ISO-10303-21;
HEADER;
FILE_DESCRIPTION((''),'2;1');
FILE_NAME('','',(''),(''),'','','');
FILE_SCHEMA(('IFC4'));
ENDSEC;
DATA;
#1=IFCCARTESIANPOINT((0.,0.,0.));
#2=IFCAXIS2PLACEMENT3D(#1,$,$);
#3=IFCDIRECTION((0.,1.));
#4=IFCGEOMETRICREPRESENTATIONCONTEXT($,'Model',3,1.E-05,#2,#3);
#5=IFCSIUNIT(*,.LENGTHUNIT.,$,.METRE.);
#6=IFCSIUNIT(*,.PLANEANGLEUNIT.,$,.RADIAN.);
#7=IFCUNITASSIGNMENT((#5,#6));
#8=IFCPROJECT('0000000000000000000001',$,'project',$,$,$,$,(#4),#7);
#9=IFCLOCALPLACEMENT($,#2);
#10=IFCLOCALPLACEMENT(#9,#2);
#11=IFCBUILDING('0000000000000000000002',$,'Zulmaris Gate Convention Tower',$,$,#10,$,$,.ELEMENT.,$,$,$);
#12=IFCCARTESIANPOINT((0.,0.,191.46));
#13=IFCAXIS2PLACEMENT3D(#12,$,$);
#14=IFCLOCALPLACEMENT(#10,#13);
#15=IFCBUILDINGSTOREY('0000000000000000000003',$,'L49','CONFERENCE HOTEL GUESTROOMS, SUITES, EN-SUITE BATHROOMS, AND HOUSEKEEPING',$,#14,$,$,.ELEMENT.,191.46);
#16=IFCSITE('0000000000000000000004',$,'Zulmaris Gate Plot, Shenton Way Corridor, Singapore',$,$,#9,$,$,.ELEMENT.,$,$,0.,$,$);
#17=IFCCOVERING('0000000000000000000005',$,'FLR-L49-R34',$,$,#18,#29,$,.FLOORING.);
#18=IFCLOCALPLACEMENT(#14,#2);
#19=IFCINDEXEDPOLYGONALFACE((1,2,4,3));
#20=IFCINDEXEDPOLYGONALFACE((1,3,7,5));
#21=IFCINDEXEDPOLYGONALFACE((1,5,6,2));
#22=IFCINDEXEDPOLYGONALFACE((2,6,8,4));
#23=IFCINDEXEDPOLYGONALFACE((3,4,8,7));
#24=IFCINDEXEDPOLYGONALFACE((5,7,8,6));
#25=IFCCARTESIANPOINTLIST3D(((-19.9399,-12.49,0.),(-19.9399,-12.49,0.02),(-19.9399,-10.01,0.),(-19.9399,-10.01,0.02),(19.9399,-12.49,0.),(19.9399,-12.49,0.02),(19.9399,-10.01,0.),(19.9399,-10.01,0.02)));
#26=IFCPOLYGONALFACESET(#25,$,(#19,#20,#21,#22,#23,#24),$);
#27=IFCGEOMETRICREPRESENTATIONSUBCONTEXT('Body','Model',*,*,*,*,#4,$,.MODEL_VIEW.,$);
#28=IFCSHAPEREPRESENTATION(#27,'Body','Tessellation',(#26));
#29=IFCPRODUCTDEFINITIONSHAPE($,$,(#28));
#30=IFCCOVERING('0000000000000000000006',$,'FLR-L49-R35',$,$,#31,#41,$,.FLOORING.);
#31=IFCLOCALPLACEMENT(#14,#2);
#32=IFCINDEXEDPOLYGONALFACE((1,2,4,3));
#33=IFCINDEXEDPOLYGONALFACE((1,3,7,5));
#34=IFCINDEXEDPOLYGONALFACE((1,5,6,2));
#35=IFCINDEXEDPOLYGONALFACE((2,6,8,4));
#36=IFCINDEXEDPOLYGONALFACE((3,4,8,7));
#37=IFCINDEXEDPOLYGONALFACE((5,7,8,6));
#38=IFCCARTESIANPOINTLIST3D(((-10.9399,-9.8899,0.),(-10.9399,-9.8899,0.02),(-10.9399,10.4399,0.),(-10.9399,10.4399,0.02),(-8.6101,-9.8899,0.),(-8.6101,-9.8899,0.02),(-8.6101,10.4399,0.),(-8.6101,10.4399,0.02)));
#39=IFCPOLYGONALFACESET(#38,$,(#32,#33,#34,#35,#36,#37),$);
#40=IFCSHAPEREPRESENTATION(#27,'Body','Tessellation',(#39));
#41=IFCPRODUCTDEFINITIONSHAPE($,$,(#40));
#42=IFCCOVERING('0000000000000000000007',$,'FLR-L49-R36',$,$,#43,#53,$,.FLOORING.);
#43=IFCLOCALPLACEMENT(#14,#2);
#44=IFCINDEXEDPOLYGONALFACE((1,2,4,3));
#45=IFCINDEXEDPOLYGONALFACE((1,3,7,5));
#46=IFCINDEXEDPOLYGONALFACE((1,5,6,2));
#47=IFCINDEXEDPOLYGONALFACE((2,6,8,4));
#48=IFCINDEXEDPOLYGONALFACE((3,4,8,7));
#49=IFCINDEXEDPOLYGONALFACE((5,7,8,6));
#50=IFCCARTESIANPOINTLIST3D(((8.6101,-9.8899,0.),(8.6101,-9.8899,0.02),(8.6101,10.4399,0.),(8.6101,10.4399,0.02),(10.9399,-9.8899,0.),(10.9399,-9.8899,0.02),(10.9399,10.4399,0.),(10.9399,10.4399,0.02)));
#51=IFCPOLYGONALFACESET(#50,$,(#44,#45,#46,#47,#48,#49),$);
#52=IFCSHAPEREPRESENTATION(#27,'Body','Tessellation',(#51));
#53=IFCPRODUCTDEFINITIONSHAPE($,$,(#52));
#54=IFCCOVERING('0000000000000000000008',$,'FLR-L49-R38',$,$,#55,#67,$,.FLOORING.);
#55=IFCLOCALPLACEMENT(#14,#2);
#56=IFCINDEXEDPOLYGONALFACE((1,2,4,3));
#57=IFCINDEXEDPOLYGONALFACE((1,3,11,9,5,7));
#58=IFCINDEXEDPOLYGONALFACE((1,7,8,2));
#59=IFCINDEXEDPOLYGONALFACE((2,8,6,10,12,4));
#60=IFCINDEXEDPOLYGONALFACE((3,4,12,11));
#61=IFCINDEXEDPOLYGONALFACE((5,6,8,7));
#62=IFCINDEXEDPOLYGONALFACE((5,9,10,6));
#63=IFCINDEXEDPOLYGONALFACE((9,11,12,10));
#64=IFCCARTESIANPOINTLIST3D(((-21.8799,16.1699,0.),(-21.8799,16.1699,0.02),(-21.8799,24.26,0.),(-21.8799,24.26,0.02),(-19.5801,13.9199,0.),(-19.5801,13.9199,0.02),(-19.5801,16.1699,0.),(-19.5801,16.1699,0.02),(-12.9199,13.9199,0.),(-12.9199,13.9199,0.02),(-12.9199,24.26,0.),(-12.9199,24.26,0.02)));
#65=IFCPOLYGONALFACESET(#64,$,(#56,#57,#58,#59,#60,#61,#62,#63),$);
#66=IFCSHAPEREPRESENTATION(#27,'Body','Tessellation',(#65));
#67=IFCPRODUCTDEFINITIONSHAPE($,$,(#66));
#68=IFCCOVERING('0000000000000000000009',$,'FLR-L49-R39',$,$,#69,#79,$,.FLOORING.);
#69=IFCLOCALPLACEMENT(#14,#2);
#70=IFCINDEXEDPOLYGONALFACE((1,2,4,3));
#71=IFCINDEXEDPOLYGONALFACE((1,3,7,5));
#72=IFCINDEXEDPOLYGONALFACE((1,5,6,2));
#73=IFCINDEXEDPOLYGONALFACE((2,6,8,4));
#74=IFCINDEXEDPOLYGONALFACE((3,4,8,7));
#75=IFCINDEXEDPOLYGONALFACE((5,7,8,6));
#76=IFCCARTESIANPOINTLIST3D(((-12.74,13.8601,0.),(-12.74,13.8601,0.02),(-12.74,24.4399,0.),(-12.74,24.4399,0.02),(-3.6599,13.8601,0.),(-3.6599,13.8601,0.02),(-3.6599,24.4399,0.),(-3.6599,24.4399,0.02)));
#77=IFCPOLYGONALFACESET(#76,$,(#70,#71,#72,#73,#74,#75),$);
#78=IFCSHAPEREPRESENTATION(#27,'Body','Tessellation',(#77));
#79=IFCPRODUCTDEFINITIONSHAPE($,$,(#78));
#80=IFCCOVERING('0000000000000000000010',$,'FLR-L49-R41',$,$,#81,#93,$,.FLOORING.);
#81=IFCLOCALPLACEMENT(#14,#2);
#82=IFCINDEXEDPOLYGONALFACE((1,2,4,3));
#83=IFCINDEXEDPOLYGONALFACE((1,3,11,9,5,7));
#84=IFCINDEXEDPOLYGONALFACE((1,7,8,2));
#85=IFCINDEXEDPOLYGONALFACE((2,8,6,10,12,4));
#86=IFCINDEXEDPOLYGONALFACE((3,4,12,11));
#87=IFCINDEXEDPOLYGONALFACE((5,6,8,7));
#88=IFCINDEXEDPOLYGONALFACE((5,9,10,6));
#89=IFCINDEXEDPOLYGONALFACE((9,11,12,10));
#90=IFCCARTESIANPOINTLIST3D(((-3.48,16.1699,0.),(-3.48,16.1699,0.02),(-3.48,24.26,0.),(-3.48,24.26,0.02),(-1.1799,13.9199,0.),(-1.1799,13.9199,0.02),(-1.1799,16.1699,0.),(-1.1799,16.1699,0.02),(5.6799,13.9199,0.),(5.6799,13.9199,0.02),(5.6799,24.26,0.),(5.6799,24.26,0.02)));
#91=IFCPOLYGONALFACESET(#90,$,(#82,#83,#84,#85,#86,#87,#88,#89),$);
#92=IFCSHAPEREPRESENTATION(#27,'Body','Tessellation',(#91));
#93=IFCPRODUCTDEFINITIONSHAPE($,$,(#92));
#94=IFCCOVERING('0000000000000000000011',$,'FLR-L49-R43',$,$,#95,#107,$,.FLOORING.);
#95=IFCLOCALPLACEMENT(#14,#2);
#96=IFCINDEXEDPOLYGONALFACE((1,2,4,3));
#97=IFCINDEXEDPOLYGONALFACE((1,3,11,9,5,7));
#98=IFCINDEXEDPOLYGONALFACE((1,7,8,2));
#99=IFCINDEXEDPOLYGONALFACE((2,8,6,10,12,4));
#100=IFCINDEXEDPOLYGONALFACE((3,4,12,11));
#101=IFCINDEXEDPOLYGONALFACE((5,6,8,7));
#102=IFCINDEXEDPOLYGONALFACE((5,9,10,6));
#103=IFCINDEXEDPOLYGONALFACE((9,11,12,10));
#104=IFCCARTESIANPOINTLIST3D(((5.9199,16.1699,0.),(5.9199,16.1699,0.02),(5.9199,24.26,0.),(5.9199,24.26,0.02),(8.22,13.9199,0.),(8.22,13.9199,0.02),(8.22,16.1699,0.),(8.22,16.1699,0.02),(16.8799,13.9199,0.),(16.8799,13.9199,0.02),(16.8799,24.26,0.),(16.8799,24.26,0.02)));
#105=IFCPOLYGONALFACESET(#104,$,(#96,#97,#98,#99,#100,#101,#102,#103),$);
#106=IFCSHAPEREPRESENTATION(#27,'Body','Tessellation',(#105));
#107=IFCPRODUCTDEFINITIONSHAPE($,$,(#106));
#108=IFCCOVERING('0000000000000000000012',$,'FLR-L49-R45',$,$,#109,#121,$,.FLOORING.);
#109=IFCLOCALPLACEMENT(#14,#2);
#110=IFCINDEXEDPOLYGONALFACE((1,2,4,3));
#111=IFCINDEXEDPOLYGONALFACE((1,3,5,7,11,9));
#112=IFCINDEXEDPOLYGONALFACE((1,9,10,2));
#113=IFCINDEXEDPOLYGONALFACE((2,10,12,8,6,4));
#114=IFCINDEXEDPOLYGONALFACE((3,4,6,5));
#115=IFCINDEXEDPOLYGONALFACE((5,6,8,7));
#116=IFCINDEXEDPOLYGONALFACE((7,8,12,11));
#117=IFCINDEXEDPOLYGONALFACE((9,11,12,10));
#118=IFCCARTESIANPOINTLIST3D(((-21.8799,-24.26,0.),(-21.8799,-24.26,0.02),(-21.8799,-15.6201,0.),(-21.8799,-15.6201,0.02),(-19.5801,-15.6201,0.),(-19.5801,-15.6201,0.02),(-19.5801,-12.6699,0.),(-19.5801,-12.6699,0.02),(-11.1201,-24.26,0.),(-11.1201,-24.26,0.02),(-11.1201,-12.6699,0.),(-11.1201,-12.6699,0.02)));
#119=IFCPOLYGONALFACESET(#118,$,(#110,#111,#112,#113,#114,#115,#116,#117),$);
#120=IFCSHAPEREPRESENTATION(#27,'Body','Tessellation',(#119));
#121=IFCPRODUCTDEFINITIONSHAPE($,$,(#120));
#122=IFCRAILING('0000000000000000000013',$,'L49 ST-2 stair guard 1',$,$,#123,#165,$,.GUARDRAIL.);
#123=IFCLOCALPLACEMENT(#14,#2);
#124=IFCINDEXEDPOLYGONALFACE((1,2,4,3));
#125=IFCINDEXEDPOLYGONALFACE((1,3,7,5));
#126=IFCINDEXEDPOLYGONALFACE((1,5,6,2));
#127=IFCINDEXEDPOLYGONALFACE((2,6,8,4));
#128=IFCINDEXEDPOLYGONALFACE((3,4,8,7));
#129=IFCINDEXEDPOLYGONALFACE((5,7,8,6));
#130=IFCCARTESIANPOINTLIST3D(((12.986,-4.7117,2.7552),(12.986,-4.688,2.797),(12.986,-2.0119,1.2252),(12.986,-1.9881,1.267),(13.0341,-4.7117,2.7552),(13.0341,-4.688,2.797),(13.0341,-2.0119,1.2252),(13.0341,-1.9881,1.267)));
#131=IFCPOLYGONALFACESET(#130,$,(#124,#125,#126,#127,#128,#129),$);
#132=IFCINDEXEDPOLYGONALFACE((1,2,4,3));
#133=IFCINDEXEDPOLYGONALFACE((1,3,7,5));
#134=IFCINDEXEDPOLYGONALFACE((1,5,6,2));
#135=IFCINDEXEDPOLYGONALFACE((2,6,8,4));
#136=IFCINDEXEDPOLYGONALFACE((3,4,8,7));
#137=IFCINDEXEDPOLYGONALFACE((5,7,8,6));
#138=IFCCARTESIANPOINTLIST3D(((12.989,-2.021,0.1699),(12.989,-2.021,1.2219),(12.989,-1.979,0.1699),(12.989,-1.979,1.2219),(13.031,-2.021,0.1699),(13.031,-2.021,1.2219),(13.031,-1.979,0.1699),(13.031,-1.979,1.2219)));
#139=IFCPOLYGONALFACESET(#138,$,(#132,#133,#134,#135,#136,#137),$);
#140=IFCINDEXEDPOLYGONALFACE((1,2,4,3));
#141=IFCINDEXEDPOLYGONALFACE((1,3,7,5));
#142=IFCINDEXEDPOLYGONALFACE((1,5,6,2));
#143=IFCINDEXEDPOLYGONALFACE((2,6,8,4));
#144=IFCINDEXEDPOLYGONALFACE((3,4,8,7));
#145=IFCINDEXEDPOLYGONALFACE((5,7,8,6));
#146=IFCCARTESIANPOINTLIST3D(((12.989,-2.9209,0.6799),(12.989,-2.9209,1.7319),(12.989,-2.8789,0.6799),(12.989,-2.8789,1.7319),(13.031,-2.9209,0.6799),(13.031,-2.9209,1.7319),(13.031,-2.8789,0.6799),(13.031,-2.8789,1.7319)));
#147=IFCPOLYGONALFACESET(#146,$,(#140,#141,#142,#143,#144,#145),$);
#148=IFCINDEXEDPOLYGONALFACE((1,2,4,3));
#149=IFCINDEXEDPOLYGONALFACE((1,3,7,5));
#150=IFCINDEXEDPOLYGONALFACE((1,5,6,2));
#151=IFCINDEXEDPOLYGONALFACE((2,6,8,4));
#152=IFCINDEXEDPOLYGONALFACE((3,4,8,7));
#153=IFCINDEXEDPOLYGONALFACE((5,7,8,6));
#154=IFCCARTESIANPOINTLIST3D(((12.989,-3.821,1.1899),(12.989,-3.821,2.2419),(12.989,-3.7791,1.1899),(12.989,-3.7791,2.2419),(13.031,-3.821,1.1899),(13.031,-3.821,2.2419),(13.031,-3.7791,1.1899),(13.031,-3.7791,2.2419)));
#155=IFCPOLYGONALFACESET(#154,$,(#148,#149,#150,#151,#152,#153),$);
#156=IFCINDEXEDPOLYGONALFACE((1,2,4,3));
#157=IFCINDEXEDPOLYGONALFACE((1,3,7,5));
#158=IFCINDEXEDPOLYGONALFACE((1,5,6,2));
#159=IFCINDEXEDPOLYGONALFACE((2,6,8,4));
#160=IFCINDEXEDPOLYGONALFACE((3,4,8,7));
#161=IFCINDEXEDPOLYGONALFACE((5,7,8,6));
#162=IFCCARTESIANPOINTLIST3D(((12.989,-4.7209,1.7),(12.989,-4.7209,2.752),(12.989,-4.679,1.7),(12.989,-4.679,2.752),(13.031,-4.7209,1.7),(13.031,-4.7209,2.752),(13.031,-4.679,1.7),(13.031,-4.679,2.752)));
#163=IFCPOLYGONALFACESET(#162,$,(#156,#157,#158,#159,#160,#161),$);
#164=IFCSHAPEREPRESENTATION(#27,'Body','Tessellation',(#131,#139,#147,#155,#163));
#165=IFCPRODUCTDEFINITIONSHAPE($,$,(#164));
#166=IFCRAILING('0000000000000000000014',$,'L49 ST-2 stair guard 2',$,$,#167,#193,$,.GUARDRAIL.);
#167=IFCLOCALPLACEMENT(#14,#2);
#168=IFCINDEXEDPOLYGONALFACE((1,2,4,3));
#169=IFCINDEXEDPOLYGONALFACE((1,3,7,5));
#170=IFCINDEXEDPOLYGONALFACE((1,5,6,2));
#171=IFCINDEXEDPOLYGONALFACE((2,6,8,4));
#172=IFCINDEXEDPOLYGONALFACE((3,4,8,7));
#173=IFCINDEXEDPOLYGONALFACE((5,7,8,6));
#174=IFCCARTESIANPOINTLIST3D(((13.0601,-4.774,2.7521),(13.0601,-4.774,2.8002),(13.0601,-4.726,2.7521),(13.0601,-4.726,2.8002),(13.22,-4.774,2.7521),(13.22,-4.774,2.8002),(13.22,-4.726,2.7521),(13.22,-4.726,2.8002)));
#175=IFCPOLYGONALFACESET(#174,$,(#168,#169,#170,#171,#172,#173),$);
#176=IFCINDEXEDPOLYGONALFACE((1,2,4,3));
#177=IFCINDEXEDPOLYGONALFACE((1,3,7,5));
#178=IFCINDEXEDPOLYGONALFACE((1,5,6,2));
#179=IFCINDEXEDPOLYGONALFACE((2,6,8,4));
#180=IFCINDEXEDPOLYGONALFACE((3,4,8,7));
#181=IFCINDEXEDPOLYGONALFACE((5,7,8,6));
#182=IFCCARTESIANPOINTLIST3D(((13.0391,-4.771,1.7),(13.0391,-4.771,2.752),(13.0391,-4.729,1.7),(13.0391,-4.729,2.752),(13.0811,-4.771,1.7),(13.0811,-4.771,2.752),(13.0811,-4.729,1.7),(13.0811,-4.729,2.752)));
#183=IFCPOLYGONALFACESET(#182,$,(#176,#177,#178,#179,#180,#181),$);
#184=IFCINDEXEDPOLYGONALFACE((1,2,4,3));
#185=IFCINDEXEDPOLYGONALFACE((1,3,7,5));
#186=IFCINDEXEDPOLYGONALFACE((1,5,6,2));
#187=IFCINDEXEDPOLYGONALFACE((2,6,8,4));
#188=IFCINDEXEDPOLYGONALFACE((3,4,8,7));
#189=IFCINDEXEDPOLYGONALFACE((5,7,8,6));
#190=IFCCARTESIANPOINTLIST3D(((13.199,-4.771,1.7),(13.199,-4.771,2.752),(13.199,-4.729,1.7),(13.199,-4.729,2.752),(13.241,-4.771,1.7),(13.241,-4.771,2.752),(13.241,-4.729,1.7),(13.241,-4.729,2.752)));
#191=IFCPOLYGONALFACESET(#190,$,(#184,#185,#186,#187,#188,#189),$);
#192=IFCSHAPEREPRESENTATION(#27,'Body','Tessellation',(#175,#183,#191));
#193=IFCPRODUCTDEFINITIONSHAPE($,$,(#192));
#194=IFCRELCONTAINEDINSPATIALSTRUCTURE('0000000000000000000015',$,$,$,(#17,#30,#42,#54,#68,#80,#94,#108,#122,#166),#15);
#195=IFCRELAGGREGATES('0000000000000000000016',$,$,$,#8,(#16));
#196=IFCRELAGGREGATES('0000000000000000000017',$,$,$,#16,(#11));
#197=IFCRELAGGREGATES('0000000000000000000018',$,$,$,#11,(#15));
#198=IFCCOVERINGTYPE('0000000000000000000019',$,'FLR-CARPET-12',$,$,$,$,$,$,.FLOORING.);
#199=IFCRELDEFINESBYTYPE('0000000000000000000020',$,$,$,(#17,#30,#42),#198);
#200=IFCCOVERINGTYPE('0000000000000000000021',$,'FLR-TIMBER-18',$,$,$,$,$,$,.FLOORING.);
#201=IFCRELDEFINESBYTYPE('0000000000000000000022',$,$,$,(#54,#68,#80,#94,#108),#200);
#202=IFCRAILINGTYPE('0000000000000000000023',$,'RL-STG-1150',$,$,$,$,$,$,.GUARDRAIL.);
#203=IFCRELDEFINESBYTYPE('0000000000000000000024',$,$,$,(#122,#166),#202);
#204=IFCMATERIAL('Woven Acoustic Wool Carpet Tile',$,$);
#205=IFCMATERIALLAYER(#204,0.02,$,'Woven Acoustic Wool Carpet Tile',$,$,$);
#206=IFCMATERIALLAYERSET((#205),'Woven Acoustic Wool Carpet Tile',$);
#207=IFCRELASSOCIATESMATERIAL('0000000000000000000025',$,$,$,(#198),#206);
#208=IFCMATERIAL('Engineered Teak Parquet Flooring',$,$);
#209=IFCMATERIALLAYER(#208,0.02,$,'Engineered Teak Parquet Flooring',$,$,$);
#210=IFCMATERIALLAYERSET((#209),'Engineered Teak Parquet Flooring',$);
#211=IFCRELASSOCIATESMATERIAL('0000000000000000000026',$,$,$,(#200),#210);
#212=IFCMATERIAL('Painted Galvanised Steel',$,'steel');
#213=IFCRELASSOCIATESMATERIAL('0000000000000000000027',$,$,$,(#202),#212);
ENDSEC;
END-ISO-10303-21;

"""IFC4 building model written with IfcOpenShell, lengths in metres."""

from ifc_helpers import new_model, si_unit, direction, frame, origin, origin_2d, place, context, subcontext, project, spatial, polyline, rectangle, outline, extrude, material, layer, layer_set, type_object, element, save


model = new_model("IFC4")

# Units and contexts
model_context = context("Model", 3, precision=1e-05, world=origin(), true_north=direction((0.0, 1.0)))
body_context = subcontext(model_context, "Body", "Model", "MODEL_VIEW")
ifc_project = project(units=[si_unit("LENGTHUNIT", "METRE"), si_unit("PLANEANGLEUNIT", "RADIAN")], contexts=[model_context])

# Site, building, storey
site_placement = place(None, origin())
site = spatial("IfcSite", under=ifc_project, at=site_placement, Name="Zulmaris Gate Plot, Shenton Way Corridor, Singapore", CompositionType="ELEMENT", RefElevation=0.0)
building_placement = place(site_placement, origin())
building = spatial("IfcBuilding", under=site, at=building_placement, Name="Zulmaris Gate Convention Tower", CompositionType="ELEMENT")
storey_placement = place(building_placement, frame((0.0, 0.0, 191.46)))
storey = spatial("IfcBuildingStorey", under=building, at=storey_placement, Name="L49", Description="CONFERENCE HOTEL GUESTROOMS, SUITES, EN-SUITE BATHROOMS, AND HOUSEKEEPING", CompositionType="ELEMENT", Elevation=191.46)

# Coverings
ifc_material_1 = material(Name="Woven Acoustic Wool Carpet Tile")
ifc_layer_1 = layer(ifc_material_1, 0.02, Name="Woven Acoustic Wool Carpet Tile")
ifc_layer_set_1 = layer_set([ifc_layer_1], Name="Woven Acoustic Wool Carpet Tile")
covering_type_1 = type_object("IfcCoveringType", Name="FLR-CARPET-12", PredefinedType="FLOORING", material=ifc_layer_set_1)
covering_1_placement = place(storey_placement, origin())
element("IfcCovering", 1, at=covering_1_placement, inside=storey, type_object=covering_type_1, Name="FLR-L49-R34", PredefinedType="FLOORING", context=body_context, shape_type="SweptSolid", body=[
    extrude(outline(polyline([(-19.9399, -12.49), (19.9399, -12.49), (19.9399, -10.01), (-19.9399, -10.01), (-19.9399, -12.49)])), origin(), (0.0, 0.0, 1.0), 0.02),
])
covering_2_placement = place(storey_placement, origin())
element("IfcCovering", 2, at=covering_2_placement, inside=storey, type_object=covering_type_1, Name="FLR-L49-R35", PredefinedType="FLOORING", context=body_context, shape_type="SweptSolid", body=[
    extrude(outline(polyline([(-10.9399, -9.8899), (-8.6101, -9.8899), (-8.6101, 10.4399), (-10.9399, 10.4399), (-10.9399, -9.8899)])), origin(), (0.0, 0.0, 1.0), 0.02),
])
covering_3_placement = place(storey_placement, origin())
element("IfcCovering", 3, at=covering_3_placement, inside=storey, type_object=covering_type_1, Name="FLR-L49-R36", PredefinedType="FLOORING", context=body_context, shape_type="SweptSolid", body=[
    extrude(outline(polyline([(8.6101, -9.8899), (10.9399, -9.8899), (10.9399, 10.4399), (8.6101, 10.4399), (8.6101, -9.8899)])), origin(), (0.0, 0.0, 1.0), 0.02),
])
ifc_material_2 = material(Name="Engineered Teak Parquet Flooring")
ifc_layer_2 = layer(ifc_material_2, 0.02, Name="Engineered Teak Parquet Flooring")
ifc_layer_set_2 = layer_set([ifc_layer_2], Name="Engineered Teak Parquet Flooring")
covering_type_2 = type_object("IfcCoveringType", Name="FLR-TIMBER-18", PredefinedType="FLOORING", material=ifc_layer_set_2)
covering_4_placement = place(storey_placement, origin())
element("IfcCovering", 4, at=covering_4_placement, inside=storey, type_object=covering_type_2, Name="FLR-L49-R38", PredefinedType="FLOORING", context=body_context, shape_type="SweptSolid", body=[
    extrude(outline(polyline([(-19.5801, 13.9199), (-12.9199, 13.9199), (-12.9199, 24.26), (-21.8799, 24.26), (-21.8799, 16.1699), (-19.5801, 16.1699), (-19.5801, 13.9199)])), origin(), (0.0, 0.0, 1.0), 0.02),
])
covering_5_placement = place(storey_placement, origin())
element("IfcCovering", 5, at=covering_5_placement, inside=storey, type_object=covering_type_2, Name="FLR-L49-R39", PredefinedType="FLOORING", context=body_context, shape_type="SweptSolid", body=[
    extrude(outline(polyline([(-12.74, 13.8601), (-3.6599, 13.8601), (-3.6599, 24.4399), (-12.74, 24.4399), (-12.74, 13.8601)])), origin(), (0.0, 0.0, 1.0), 0.02),
])
covering_6_placement = place(storey_placement, origin())
element("IfcCovering", 6, at=covering_6_placement, inside=storey, type_object=covering_type_2, Name="FLR-L49-R41", PredefinedType="FLOORING", context=body_context, shape_type="SweptSolid", body=[
    extrude(outline(polyline([(-1.1799, 13.9199), (5.6799, 13.9199), (5.6799, 24.26), (-3.48, 24.26), (-3.48, 16.1699), (-1.1799, 16.1699), (-1.1799, 13.9199)])), origin(), (0.0, 0.0, 1.0), 0.02),
])
covering_7_placement = place(storey_placement, origin())
element("IfcCovering", 7, at=covering_7_placement, inside=storey, type_object=covering_type_2, Name="FLR-L49-R43", PredefinedType="FLOORING", context=body_context, shape_type="SweptSolid", body=[
    extrude(outline(polyline([(8.22, 13.9199), (16.8799, 13.9199), (16.8799, 24.26), (5.9199, 24.26), (5.9199, 16.1699), (8.22, 16.1699), (8.22, 13.9199)])), origin(), (0.0, 0.0, 1.0), 0.02),
])
covering_8_placement = place(storey_placement, origin())
element("IfcCovering", 8, at=covering_8_placement, inside=storey, type_object=covering_type_2, Name="FLR-L49-R45", PredefinedType="FLOORING", context=body_context, shape_type="SweptSolid", body=[
    extrude(outline(polyline([(-21.8799, -24.26), (-11.1201, -24.26), (-11.1201, -12.6699), (-19.5801, -12.6699), (-19.5801, -15.6201), (-21.8799, -15.6201), (-21.8799, -24.26)])), origin(), (0.0, 0.0, 1.0), 0.02),
])

# Railings
ifc_material_3 = material(Name="Painted Galvanised Steel", Category="steel")
railing_type_1 = type_object("IfcRailingType", Name="RL-STG-1150", PredefinedType="GUARDRAIL", material=ifc_material_3)
railing_1_placement = place(storey_placement, frame((13.01, -2.0, 0.1699)))
element("IfcRailing", 9, at=railing_1_placement, inside=storey, type_object=railing_type_1, Name="L49 ST-2 stair guard 1", PredefinedType="GUARDRAIL", context=body_context, shape_type="SweptSolid", body=[
    extrude(rectangle(XDim=0.0481, YDim=0.0481, at=origin_2d()), frame((0.0, 0.0, 1.0762), z_axis=(0.0, -0.870014, 0.493026), x_axis=(1.0, 0.0, 0.0)), (0.0, 0.0, 1.0), 3.1033),
    extrude(rectangle(XDim=0.042, YDim=0.042, at=origin_2d()), origin(), (0.0, 0.0, 1.0), 1.052),
    extrude(rectangle(XDim=0.042, YDim=0.042, at=origin_2d()), frame((0.0, -0.8999, 0.51)), (0.0, 0.0, 1.0), 1.052),
    extrude(rectangle(XDim=0.042, YDim=0.042, at=origin_2d()), frame((0.0, -1.8, 1.02)), (0.0, 0.0, 1.0), 1.052),
    extrude(rectangle(XDim=0.042, YDim=0.042, at=origin_2d()), frame((0.0, -2.7, 1.53)), (0.0, 0.0, 1.0), 1.052),
])
for number, where, name in (
    (10, (13.0601, -4.75, 1.7), "L49 ST-2 stair guard 2"),
):
    element("IfcRailing", number, at=place(storey_placement, frame(where)), inside=storey, type_object=railing_type_1, Name=name, PredefinedType="GUARDRAIL", context=body_context, shape_type="SweptSolid", body=[
        extrude(rectangle(XDim=0.0481, YDim=0.0481, at=origin_2d()), frame((0.0, 0.0, 1.0762), z_axis=(1.0, 0.0, 0.0), x_axis=(0.0, 1.0, 0.0)), (0.0, 0.0, 1.0), 0.1599),
        extrude(rectangle(XDim=0.042, YDim=0.042, at=origin_2d()), origin(), (0.0, 0.0, 1.0), 1.052),
        extrude(rectangle(XDim=0.042, YDim=0.042, at=origin_2d()), frame((0.1599, 0.0, 0.0)), (0.0, 0.0, 1.0), 1.052),
    ])

save(model, "model.ifc")
